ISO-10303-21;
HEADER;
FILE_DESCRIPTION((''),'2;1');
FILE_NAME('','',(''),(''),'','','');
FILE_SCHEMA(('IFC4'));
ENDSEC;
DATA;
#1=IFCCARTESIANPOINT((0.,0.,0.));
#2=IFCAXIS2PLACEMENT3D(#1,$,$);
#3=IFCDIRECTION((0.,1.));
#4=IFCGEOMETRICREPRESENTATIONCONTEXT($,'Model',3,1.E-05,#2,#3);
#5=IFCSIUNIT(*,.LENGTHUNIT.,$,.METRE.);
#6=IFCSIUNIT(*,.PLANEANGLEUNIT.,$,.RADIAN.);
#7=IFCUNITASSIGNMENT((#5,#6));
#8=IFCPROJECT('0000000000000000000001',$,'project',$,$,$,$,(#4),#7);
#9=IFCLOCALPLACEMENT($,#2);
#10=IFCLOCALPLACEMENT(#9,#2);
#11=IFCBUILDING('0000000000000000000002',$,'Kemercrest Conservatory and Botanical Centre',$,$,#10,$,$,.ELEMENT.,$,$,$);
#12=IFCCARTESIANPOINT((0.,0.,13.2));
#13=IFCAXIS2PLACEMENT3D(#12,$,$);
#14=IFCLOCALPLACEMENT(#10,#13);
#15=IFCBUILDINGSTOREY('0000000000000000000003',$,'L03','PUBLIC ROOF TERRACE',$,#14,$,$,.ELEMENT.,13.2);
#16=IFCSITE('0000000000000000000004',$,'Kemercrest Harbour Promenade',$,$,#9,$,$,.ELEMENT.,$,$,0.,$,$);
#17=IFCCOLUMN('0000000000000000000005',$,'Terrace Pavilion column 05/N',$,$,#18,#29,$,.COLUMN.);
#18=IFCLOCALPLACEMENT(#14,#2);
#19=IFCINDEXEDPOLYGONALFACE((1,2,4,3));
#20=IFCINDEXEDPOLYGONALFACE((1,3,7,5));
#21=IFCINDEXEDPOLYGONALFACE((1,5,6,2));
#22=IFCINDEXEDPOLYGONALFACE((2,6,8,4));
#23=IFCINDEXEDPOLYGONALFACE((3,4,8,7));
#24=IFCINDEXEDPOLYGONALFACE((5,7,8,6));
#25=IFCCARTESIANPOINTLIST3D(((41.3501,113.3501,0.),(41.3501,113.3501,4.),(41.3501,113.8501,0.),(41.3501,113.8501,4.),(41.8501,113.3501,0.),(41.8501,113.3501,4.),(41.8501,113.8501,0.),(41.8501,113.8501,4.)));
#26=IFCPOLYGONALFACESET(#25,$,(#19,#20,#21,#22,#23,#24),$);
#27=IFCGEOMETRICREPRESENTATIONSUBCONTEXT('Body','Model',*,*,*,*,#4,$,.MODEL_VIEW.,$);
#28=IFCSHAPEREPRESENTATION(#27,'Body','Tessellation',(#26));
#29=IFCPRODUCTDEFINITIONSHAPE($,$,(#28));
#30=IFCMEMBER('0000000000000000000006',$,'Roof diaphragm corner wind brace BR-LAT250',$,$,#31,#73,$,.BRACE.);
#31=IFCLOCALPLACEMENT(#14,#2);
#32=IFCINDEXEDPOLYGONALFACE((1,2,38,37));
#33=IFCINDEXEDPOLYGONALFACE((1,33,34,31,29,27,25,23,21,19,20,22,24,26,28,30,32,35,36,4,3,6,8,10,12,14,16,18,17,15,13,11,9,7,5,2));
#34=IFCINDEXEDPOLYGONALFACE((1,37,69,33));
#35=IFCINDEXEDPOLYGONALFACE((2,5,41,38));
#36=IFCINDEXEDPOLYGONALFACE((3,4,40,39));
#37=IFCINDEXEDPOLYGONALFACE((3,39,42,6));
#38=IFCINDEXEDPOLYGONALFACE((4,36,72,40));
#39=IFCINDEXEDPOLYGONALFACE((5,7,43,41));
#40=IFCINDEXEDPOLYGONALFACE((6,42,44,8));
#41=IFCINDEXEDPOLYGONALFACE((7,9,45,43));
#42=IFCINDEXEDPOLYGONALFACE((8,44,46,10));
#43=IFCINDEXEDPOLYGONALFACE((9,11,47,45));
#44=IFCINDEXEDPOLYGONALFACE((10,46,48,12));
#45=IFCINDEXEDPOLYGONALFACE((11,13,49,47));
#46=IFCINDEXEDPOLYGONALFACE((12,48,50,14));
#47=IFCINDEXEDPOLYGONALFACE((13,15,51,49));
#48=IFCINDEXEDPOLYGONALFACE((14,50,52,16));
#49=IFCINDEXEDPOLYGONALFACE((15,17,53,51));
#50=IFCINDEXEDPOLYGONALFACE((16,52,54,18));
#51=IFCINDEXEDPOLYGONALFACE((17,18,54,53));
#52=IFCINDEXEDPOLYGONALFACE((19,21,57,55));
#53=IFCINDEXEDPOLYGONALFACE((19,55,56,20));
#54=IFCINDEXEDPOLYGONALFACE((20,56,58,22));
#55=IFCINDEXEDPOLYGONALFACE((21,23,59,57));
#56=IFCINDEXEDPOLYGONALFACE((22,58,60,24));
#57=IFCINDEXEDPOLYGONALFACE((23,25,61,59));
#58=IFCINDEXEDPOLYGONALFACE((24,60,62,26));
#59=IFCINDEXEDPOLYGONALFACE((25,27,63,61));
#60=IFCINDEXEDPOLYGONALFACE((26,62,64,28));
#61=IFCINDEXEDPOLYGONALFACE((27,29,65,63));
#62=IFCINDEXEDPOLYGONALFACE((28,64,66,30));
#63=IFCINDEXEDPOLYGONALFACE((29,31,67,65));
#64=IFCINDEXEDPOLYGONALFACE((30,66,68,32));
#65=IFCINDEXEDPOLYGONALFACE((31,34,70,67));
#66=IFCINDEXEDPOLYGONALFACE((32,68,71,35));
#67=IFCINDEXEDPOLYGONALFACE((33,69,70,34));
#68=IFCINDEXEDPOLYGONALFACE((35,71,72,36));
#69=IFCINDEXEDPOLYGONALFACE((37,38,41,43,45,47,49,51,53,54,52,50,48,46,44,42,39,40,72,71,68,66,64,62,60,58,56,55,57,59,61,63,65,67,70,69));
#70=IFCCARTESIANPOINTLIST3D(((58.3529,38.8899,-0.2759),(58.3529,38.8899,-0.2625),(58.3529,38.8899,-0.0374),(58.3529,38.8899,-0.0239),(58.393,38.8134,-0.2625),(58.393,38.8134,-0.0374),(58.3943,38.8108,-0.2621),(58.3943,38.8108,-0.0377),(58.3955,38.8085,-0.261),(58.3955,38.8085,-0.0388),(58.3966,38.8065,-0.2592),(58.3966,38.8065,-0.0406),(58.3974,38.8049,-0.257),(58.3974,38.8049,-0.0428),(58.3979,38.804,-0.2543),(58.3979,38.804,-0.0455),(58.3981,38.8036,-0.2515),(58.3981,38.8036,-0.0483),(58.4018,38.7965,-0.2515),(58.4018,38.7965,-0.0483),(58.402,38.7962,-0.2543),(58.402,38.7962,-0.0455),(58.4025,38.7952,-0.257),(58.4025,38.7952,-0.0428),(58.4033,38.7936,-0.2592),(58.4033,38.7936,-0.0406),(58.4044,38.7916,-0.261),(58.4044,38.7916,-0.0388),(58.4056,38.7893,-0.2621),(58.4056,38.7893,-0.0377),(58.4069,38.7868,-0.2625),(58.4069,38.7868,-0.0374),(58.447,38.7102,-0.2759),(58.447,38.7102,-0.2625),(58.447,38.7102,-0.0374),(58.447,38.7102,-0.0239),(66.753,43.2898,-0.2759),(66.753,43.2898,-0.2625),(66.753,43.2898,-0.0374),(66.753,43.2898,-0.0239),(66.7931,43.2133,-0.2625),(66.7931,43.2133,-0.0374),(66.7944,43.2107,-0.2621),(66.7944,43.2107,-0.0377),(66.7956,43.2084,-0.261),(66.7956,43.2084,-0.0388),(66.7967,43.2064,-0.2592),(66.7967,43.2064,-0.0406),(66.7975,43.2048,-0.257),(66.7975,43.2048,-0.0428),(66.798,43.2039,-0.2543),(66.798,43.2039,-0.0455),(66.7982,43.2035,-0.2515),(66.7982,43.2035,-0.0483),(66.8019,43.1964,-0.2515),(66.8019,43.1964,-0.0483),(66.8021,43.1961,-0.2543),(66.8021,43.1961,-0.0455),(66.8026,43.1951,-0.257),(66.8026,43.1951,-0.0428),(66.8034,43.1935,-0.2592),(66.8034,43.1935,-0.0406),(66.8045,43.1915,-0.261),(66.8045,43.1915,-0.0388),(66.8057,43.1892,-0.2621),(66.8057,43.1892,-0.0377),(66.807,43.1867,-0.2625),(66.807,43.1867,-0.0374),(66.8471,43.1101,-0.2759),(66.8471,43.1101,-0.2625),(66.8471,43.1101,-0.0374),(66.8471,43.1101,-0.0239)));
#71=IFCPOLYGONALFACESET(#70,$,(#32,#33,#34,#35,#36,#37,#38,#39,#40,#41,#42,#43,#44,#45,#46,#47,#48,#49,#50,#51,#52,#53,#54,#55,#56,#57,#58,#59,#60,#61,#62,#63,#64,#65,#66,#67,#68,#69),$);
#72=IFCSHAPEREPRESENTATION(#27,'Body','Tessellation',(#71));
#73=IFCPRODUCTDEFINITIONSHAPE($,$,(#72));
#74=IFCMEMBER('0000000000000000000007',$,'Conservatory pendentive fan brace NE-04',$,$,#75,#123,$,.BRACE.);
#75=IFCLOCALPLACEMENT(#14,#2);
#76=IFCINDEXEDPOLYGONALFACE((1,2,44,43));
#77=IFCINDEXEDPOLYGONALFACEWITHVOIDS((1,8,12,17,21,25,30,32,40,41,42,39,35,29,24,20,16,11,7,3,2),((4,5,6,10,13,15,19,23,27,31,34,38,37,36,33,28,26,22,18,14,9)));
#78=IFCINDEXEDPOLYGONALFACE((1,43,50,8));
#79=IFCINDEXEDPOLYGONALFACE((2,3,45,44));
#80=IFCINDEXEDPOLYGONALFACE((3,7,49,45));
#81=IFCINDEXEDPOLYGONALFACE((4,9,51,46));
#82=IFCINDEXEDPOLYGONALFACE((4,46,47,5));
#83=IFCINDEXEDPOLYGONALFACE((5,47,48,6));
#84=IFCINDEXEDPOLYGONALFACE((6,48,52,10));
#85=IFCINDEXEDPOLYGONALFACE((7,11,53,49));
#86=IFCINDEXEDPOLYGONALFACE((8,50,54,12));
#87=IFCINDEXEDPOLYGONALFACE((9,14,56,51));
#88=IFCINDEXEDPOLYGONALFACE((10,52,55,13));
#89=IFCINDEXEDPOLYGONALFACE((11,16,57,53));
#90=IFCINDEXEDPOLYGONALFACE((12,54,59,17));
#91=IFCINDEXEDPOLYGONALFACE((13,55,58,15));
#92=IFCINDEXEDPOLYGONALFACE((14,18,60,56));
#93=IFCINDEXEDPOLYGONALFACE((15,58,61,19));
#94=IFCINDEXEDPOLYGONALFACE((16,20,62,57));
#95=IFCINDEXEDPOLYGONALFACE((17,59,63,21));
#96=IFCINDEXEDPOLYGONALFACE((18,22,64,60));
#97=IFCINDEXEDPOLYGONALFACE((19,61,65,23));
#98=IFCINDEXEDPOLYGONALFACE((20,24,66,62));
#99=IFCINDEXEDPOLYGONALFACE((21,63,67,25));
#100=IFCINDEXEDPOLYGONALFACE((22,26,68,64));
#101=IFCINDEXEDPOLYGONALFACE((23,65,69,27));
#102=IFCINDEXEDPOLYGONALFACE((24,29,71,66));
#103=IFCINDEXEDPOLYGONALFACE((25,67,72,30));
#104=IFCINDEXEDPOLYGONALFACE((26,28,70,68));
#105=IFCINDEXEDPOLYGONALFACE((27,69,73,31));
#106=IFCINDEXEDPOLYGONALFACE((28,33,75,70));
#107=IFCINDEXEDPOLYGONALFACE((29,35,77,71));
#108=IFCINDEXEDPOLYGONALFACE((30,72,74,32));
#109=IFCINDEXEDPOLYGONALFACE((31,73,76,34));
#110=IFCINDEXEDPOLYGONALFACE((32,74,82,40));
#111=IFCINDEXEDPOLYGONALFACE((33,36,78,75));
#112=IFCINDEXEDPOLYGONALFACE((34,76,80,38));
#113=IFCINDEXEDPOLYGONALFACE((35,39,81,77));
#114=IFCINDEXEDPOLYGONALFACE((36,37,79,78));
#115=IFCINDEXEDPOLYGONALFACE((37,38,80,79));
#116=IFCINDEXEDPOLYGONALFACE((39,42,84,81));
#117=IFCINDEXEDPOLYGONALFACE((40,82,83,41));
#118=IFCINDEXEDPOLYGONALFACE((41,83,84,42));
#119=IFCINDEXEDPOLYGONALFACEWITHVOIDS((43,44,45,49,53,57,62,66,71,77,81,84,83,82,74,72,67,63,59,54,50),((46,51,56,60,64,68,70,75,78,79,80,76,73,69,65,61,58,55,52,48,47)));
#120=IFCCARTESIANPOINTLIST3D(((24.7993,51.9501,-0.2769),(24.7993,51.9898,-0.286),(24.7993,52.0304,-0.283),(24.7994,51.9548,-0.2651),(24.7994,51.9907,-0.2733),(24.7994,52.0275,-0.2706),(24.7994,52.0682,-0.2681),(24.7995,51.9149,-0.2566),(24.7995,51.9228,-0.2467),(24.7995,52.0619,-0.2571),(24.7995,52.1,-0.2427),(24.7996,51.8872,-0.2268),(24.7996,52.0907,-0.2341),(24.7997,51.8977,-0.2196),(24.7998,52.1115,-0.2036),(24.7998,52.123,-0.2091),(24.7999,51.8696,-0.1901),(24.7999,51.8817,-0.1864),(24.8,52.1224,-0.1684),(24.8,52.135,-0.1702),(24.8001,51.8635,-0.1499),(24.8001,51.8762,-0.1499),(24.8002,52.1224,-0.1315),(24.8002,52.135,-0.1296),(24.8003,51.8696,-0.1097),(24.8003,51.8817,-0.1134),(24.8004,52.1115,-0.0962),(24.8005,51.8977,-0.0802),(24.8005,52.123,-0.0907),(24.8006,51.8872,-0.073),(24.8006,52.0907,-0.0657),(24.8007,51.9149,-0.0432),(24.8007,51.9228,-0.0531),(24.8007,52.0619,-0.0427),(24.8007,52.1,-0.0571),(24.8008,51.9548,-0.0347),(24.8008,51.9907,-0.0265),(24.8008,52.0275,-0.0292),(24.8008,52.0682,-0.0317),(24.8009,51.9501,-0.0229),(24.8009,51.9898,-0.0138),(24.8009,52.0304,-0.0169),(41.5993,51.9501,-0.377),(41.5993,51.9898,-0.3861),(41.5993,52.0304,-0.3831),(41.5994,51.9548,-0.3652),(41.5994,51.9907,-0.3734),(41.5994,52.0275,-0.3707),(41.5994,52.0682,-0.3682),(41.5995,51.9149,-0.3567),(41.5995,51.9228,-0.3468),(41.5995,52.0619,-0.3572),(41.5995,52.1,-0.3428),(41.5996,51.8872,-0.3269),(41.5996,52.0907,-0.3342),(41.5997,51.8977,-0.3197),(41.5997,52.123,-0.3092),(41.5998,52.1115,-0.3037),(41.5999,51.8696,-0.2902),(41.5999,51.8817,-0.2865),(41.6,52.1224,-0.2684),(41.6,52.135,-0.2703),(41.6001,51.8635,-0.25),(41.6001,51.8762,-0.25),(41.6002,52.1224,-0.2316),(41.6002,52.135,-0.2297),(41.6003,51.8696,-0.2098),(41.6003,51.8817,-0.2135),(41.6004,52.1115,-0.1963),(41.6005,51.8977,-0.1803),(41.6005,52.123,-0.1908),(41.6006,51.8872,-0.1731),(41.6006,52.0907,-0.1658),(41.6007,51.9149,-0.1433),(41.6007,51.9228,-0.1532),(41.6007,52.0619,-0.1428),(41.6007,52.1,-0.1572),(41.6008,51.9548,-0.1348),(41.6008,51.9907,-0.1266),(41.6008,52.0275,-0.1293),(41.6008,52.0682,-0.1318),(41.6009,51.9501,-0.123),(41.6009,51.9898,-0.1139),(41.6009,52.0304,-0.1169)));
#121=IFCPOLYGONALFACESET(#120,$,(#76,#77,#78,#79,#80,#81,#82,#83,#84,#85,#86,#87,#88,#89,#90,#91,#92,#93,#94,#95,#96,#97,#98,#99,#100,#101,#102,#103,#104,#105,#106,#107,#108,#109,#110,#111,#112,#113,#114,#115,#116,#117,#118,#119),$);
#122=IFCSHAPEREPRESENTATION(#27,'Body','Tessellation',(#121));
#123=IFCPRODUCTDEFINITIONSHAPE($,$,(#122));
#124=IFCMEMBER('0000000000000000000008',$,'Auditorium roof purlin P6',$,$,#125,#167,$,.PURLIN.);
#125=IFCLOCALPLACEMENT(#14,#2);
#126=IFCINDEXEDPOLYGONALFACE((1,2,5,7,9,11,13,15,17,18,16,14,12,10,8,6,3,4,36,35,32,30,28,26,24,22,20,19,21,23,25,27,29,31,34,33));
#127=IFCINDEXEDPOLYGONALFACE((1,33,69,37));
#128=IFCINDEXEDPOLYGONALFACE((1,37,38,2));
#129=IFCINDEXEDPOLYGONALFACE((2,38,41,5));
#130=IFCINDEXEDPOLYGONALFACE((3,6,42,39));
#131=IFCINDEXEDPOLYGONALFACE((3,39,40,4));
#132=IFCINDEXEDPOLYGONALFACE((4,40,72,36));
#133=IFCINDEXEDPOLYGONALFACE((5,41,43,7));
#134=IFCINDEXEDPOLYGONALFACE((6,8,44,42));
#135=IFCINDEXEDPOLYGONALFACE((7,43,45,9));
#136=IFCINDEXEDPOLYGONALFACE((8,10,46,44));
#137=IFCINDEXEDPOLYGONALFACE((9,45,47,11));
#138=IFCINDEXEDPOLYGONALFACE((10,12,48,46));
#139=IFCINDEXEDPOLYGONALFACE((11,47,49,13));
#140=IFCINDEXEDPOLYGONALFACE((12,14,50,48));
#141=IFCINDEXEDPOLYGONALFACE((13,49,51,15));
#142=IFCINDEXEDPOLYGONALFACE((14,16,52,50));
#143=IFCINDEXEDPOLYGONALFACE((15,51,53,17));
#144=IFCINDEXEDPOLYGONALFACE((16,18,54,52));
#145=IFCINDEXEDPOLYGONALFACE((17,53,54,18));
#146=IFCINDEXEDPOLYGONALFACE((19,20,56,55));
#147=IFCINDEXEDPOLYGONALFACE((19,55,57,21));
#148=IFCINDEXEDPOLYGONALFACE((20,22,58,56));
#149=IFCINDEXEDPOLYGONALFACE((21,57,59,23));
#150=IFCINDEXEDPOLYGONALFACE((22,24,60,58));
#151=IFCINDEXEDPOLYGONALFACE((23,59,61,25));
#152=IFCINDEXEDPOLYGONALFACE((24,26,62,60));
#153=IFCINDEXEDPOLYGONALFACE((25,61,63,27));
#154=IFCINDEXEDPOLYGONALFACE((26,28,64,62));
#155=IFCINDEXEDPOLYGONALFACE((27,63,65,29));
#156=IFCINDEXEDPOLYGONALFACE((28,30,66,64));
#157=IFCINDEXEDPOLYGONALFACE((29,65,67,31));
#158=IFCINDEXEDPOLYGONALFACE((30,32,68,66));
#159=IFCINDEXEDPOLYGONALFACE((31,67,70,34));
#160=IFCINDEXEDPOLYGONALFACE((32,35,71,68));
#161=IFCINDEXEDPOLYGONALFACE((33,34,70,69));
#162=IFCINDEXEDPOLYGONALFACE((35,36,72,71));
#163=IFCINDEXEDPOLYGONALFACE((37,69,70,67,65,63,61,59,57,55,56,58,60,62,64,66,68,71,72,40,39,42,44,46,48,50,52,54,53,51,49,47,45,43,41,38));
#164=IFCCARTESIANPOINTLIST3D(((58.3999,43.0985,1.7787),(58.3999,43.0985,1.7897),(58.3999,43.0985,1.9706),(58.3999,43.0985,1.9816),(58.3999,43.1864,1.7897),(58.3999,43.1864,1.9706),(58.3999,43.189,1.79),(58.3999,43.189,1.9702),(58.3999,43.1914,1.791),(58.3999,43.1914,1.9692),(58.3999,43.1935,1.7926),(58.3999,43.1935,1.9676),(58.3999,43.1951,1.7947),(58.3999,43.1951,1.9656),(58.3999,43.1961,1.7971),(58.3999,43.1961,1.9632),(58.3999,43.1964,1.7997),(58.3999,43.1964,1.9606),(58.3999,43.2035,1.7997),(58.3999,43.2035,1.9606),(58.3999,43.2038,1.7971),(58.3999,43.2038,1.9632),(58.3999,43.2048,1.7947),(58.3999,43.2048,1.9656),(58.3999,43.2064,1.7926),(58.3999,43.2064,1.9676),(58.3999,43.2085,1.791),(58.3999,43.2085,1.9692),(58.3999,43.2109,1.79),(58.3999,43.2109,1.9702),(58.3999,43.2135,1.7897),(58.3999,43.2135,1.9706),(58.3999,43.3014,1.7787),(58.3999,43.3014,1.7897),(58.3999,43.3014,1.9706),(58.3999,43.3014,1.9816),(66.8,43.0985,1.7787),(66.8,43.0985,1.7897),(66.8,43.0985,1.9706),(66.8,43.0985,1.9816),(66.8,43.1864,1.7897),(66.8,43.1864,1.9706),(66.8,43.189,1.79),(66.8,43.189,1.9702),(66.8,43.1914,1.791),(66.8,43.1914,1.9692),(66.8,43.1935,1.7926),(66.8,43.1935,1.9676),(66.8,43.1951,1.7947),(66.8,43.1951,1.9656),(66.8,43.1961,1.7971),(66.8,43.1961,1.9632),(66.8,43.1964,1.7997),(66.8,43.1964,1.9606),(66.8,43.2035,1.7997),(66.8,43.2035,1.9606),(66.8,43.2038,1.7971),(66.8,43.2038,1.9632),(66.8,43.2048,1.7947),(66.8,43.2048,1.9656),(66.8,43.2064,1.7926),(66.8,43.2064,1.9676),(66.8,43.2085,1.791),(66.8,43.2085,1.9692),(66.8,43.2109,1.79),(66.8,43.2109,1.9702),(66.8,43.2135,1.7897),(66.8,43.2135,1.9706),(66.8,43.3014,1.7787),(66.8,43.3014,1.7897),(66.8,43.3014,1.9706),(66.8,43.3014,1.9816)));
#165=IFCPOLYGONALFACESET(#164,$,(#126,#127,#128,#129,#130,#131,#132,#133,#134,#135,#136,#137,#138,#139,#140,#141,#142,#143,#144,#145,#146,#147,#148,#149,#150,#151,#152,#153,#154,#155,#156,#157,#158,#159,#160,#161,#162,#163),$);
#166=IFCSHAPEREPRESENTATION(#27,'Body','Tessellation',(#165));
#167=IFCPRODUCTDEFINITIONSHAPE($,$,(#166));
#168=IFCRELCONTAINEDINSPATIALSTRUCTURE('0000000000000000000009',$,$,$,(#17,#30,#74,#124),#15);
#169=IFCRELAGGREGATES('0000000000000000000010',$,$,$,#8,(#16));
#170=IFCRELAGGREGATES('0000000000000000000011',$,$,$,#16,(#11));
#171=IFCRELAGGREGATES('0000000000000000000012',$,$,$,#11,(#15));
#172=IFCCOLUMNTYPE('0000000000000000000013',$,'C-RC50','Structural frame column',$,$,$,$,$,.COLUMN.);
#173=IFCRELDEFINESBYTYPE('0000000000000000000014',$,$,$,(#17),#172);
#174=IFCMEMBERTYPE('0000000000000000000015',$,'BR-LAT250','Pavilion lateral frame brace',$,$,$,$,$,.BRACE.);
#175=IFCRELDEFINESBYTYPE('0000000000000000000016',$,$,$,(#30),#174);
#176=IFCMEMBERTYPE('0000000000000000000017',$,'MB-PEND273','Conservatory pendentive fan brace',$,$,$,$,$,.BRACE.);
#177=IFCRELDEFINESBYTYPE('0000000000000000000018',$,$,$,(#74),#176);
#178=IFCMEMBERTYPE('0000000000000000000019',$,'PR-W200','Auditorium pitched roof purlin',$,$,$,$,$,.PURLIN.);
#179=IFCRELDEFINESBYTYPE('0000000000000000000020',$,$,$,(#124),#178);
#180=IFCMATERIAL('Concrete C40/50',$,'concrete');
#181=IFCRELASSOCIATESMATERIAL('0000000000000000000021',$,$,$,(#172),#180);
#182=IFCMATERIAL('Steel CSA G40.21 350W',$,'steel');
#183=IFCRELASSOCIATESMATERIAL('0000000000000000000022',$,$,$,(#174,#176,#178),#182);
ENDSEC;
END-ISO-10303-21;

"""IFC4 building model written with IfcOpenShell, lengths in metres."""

from ifc_helpers import new_model, si_unit, direction, frame, origin, origin_2d, place, context, subcontext, project, spatial, rectangle, hollow_circle, i_section, extrude, material, material_profile, profile_set, type_object, element, save


model = new_model("IFC4")

# Units and contexts
model_context = context("Model", 3, precision=1e-05, world=origin(), true_north=direction((0.0, 1.0)))
body_context = subcontext(model_context, "Body", "Model", "MODEL_VIEW")
ifc_project = project(units=[si_unit("LENGTHUNIT", "METRE"), si_unit("PLANEANGLEUNIT", "RADIAN")], contexts=[model_context])

# Site, building, storey
site_placement = place(None, origin())
site = spatial("IfcSite", under=ifc_project, at=site_placement, Name="Kemercrest Harbour Promenade", CompositionType="ELEMENT", RefElevation=0.0)
building_placement = place(site_placement, origin())
building = spatial("IfcBuilding", under=site, at=building_placement, Name="Kemercrest Conservatory and Botanical Centre", CompositionType="ELEMENT")
storey_placement = place(building_placement, frame((0.0, 0.0, 13.2)))
storey = spatial("IfcBuildingStorey", under=building, at=storey_placement, Name="L03", Description="PUBLIC ROOF TERRACE", CompositionType="ELEMENT", Elevation=13.2)

# Column
ifc_material_1 = material(Name="Concrete C40/50", Category="concrete")
ifc_material_profile_1 = material_profile(ifc_material_1, rectangle(XDim=0.5, YDim=0.5, at=origin_2d()), Name="RC 500x500")
ifc_profile_set_1 = profile_set([ifc_material_profile_1], Name="Concrete C40/50")
column_type = type_object("IfcColumnType", Name="C-RC50", Description="Structural frame column", PredefinedType="COLUMN", material=ifc_profile_set_1)
column_placement = place(storey_placement, frame((41.6001, 113.6001, 0.0), z_axis=(0.0, 0.0, 1.0), x_axis=(1.0, 0.0, 0.0)))
element("IfcColumn", 1, at=column_placement, inside=storey, type_object=column_type, Name="Terrace Pavilion column 05/N", PredefinedType="COLUMN", context=body_context, shape_type="SweptSolid", body=[
    extrude(rectangle(XDim=0.5, YDim=0.5, at=origin_2d()), origin(), (0.0, 0.0, 1.0), 4.0),
])

# Members
ifc_material_2 = material(Name="Steel CSA G40.21 350W", Category="steel")
ifc_material_profile_2 = material_profile(ifc_material_2, i_section(OverallWidth=0.2029, OverallDepth=0.252, WebThickness=0.0081, FlangeThickness=0.0134, FilletRadius=0.011, at=origin_2d()), Name="W250X58")
ifc_profile_set_2 = profile_set([ifc_material_profile_2], Name="Steel CSA G40.21 350W")
member_type_1 = type_object("IfcMemberType", Name="BR-LAT250", Description="Pavilion lateral frame brace", PredefinedType="BRACE", material=ifc_profile_set_2)
member_1_placement = place(storey_placement, frame((66.8, 43.2, -0.1499), z_axis=(-0.885839, -0.463993, 0.0), x_axis=(0.463993, -0.885839, 0.0)))
element("IfcMember", 2, at=member_1_placement, inside=storey, type_object=member_type_1, Name="Roof diaphragm corner wind brace BR-LAT250", PredefinedType="BRACE", context=body_context, shape_type="SweptSolid", body=[
    extrude(i_section(OverallWidth=0.2029, OverallDepth=0.252, WebThickness=0.0081, FlangeThickness=0.0134, FilletRadius=0.011, at=origin_2d()), origin(), (0.0, 0.0, 1.0), 9.4827),
])
ifc_material_profile_3 = material_profile(ifc_material_2, hollow_circle(Radius=0.1365, WallThickness=0.0127, at=origin_2d()), Name="CHS 273.1x12.7")
ifc_profile_set_3 = profile_set([ifc_material_profile_3], Name="Steel CSA G40.21 350W")
member_type_2 = type_object("IfcMemberType", Name="MB-PEND273", Description="Conservatory pendentive fan brace", PredefinedType="BRACE", material=ifc_profile_set_3)
member_2_placement = place(storey_placement, frame((41.6001, 52.0, -0.25), z_axis=(-0.999982, 0.0, 0.005958), x_axis=(0.0, -1.0, 0.0)))
element("IfcMember", 3, at=member_2_placement, inside=storey, type_object=member_type_2, Name="Conservatory pendentive fan brace NE-04", PredefinedType="BRACE", context=body_context, shape_type="SweptSolid", body=[
    extrude(hollow_circle(Radius=0.1365, WallThickness=0.0127, at=origin_2d()), origin(), (0.0, 0.0, 1.0), 16.8003),
])
ifc_material_profile_4 = material_profile(ifc_material_2, i_section(OverallWidth=0.2029, OverallDepth=0.2029, WebThickness=0.0071, FlangeThickness=0.011, FilletRadius=0.01, at=origin_2d()), Name="W200X46")
ifc_profile_set_4 = profile_set([ifc_material_profile_4], Name="Steel CSA G40.21 350W")
member_type_3 = type_object("IfcMemberType", Name="PR-W200", Description="Auditorium pitched roof purlin", PredefinedType="PURLIN", material=ifc_profile_set_4)
member_3_placement = place(storey_placement, frame((58.3999, 43.2, 1.8801), z_axis=(1.0, 0.0, 0.0), x_axis=(0.0, 1.0, 0.0)))
element("IfcMember", 4, at=member_3_placement, inside=storey, type_object=member_type_3, Name="Auditorium roof purlin P6", PredefinedType="PURLIN", context=body_context, shape_type="SweptSolid", body=[
    extrude(i_section(OverallWidth=0.2029, OverallDepth=0.2029, WebThickness=0.0071, FlangeThickness=0.011, FilletRadius=0.01, at=origin_2d()), origin(), (0.0, 0.0, 1.0), 8.4001),
])

save(model, "model.ifc")
